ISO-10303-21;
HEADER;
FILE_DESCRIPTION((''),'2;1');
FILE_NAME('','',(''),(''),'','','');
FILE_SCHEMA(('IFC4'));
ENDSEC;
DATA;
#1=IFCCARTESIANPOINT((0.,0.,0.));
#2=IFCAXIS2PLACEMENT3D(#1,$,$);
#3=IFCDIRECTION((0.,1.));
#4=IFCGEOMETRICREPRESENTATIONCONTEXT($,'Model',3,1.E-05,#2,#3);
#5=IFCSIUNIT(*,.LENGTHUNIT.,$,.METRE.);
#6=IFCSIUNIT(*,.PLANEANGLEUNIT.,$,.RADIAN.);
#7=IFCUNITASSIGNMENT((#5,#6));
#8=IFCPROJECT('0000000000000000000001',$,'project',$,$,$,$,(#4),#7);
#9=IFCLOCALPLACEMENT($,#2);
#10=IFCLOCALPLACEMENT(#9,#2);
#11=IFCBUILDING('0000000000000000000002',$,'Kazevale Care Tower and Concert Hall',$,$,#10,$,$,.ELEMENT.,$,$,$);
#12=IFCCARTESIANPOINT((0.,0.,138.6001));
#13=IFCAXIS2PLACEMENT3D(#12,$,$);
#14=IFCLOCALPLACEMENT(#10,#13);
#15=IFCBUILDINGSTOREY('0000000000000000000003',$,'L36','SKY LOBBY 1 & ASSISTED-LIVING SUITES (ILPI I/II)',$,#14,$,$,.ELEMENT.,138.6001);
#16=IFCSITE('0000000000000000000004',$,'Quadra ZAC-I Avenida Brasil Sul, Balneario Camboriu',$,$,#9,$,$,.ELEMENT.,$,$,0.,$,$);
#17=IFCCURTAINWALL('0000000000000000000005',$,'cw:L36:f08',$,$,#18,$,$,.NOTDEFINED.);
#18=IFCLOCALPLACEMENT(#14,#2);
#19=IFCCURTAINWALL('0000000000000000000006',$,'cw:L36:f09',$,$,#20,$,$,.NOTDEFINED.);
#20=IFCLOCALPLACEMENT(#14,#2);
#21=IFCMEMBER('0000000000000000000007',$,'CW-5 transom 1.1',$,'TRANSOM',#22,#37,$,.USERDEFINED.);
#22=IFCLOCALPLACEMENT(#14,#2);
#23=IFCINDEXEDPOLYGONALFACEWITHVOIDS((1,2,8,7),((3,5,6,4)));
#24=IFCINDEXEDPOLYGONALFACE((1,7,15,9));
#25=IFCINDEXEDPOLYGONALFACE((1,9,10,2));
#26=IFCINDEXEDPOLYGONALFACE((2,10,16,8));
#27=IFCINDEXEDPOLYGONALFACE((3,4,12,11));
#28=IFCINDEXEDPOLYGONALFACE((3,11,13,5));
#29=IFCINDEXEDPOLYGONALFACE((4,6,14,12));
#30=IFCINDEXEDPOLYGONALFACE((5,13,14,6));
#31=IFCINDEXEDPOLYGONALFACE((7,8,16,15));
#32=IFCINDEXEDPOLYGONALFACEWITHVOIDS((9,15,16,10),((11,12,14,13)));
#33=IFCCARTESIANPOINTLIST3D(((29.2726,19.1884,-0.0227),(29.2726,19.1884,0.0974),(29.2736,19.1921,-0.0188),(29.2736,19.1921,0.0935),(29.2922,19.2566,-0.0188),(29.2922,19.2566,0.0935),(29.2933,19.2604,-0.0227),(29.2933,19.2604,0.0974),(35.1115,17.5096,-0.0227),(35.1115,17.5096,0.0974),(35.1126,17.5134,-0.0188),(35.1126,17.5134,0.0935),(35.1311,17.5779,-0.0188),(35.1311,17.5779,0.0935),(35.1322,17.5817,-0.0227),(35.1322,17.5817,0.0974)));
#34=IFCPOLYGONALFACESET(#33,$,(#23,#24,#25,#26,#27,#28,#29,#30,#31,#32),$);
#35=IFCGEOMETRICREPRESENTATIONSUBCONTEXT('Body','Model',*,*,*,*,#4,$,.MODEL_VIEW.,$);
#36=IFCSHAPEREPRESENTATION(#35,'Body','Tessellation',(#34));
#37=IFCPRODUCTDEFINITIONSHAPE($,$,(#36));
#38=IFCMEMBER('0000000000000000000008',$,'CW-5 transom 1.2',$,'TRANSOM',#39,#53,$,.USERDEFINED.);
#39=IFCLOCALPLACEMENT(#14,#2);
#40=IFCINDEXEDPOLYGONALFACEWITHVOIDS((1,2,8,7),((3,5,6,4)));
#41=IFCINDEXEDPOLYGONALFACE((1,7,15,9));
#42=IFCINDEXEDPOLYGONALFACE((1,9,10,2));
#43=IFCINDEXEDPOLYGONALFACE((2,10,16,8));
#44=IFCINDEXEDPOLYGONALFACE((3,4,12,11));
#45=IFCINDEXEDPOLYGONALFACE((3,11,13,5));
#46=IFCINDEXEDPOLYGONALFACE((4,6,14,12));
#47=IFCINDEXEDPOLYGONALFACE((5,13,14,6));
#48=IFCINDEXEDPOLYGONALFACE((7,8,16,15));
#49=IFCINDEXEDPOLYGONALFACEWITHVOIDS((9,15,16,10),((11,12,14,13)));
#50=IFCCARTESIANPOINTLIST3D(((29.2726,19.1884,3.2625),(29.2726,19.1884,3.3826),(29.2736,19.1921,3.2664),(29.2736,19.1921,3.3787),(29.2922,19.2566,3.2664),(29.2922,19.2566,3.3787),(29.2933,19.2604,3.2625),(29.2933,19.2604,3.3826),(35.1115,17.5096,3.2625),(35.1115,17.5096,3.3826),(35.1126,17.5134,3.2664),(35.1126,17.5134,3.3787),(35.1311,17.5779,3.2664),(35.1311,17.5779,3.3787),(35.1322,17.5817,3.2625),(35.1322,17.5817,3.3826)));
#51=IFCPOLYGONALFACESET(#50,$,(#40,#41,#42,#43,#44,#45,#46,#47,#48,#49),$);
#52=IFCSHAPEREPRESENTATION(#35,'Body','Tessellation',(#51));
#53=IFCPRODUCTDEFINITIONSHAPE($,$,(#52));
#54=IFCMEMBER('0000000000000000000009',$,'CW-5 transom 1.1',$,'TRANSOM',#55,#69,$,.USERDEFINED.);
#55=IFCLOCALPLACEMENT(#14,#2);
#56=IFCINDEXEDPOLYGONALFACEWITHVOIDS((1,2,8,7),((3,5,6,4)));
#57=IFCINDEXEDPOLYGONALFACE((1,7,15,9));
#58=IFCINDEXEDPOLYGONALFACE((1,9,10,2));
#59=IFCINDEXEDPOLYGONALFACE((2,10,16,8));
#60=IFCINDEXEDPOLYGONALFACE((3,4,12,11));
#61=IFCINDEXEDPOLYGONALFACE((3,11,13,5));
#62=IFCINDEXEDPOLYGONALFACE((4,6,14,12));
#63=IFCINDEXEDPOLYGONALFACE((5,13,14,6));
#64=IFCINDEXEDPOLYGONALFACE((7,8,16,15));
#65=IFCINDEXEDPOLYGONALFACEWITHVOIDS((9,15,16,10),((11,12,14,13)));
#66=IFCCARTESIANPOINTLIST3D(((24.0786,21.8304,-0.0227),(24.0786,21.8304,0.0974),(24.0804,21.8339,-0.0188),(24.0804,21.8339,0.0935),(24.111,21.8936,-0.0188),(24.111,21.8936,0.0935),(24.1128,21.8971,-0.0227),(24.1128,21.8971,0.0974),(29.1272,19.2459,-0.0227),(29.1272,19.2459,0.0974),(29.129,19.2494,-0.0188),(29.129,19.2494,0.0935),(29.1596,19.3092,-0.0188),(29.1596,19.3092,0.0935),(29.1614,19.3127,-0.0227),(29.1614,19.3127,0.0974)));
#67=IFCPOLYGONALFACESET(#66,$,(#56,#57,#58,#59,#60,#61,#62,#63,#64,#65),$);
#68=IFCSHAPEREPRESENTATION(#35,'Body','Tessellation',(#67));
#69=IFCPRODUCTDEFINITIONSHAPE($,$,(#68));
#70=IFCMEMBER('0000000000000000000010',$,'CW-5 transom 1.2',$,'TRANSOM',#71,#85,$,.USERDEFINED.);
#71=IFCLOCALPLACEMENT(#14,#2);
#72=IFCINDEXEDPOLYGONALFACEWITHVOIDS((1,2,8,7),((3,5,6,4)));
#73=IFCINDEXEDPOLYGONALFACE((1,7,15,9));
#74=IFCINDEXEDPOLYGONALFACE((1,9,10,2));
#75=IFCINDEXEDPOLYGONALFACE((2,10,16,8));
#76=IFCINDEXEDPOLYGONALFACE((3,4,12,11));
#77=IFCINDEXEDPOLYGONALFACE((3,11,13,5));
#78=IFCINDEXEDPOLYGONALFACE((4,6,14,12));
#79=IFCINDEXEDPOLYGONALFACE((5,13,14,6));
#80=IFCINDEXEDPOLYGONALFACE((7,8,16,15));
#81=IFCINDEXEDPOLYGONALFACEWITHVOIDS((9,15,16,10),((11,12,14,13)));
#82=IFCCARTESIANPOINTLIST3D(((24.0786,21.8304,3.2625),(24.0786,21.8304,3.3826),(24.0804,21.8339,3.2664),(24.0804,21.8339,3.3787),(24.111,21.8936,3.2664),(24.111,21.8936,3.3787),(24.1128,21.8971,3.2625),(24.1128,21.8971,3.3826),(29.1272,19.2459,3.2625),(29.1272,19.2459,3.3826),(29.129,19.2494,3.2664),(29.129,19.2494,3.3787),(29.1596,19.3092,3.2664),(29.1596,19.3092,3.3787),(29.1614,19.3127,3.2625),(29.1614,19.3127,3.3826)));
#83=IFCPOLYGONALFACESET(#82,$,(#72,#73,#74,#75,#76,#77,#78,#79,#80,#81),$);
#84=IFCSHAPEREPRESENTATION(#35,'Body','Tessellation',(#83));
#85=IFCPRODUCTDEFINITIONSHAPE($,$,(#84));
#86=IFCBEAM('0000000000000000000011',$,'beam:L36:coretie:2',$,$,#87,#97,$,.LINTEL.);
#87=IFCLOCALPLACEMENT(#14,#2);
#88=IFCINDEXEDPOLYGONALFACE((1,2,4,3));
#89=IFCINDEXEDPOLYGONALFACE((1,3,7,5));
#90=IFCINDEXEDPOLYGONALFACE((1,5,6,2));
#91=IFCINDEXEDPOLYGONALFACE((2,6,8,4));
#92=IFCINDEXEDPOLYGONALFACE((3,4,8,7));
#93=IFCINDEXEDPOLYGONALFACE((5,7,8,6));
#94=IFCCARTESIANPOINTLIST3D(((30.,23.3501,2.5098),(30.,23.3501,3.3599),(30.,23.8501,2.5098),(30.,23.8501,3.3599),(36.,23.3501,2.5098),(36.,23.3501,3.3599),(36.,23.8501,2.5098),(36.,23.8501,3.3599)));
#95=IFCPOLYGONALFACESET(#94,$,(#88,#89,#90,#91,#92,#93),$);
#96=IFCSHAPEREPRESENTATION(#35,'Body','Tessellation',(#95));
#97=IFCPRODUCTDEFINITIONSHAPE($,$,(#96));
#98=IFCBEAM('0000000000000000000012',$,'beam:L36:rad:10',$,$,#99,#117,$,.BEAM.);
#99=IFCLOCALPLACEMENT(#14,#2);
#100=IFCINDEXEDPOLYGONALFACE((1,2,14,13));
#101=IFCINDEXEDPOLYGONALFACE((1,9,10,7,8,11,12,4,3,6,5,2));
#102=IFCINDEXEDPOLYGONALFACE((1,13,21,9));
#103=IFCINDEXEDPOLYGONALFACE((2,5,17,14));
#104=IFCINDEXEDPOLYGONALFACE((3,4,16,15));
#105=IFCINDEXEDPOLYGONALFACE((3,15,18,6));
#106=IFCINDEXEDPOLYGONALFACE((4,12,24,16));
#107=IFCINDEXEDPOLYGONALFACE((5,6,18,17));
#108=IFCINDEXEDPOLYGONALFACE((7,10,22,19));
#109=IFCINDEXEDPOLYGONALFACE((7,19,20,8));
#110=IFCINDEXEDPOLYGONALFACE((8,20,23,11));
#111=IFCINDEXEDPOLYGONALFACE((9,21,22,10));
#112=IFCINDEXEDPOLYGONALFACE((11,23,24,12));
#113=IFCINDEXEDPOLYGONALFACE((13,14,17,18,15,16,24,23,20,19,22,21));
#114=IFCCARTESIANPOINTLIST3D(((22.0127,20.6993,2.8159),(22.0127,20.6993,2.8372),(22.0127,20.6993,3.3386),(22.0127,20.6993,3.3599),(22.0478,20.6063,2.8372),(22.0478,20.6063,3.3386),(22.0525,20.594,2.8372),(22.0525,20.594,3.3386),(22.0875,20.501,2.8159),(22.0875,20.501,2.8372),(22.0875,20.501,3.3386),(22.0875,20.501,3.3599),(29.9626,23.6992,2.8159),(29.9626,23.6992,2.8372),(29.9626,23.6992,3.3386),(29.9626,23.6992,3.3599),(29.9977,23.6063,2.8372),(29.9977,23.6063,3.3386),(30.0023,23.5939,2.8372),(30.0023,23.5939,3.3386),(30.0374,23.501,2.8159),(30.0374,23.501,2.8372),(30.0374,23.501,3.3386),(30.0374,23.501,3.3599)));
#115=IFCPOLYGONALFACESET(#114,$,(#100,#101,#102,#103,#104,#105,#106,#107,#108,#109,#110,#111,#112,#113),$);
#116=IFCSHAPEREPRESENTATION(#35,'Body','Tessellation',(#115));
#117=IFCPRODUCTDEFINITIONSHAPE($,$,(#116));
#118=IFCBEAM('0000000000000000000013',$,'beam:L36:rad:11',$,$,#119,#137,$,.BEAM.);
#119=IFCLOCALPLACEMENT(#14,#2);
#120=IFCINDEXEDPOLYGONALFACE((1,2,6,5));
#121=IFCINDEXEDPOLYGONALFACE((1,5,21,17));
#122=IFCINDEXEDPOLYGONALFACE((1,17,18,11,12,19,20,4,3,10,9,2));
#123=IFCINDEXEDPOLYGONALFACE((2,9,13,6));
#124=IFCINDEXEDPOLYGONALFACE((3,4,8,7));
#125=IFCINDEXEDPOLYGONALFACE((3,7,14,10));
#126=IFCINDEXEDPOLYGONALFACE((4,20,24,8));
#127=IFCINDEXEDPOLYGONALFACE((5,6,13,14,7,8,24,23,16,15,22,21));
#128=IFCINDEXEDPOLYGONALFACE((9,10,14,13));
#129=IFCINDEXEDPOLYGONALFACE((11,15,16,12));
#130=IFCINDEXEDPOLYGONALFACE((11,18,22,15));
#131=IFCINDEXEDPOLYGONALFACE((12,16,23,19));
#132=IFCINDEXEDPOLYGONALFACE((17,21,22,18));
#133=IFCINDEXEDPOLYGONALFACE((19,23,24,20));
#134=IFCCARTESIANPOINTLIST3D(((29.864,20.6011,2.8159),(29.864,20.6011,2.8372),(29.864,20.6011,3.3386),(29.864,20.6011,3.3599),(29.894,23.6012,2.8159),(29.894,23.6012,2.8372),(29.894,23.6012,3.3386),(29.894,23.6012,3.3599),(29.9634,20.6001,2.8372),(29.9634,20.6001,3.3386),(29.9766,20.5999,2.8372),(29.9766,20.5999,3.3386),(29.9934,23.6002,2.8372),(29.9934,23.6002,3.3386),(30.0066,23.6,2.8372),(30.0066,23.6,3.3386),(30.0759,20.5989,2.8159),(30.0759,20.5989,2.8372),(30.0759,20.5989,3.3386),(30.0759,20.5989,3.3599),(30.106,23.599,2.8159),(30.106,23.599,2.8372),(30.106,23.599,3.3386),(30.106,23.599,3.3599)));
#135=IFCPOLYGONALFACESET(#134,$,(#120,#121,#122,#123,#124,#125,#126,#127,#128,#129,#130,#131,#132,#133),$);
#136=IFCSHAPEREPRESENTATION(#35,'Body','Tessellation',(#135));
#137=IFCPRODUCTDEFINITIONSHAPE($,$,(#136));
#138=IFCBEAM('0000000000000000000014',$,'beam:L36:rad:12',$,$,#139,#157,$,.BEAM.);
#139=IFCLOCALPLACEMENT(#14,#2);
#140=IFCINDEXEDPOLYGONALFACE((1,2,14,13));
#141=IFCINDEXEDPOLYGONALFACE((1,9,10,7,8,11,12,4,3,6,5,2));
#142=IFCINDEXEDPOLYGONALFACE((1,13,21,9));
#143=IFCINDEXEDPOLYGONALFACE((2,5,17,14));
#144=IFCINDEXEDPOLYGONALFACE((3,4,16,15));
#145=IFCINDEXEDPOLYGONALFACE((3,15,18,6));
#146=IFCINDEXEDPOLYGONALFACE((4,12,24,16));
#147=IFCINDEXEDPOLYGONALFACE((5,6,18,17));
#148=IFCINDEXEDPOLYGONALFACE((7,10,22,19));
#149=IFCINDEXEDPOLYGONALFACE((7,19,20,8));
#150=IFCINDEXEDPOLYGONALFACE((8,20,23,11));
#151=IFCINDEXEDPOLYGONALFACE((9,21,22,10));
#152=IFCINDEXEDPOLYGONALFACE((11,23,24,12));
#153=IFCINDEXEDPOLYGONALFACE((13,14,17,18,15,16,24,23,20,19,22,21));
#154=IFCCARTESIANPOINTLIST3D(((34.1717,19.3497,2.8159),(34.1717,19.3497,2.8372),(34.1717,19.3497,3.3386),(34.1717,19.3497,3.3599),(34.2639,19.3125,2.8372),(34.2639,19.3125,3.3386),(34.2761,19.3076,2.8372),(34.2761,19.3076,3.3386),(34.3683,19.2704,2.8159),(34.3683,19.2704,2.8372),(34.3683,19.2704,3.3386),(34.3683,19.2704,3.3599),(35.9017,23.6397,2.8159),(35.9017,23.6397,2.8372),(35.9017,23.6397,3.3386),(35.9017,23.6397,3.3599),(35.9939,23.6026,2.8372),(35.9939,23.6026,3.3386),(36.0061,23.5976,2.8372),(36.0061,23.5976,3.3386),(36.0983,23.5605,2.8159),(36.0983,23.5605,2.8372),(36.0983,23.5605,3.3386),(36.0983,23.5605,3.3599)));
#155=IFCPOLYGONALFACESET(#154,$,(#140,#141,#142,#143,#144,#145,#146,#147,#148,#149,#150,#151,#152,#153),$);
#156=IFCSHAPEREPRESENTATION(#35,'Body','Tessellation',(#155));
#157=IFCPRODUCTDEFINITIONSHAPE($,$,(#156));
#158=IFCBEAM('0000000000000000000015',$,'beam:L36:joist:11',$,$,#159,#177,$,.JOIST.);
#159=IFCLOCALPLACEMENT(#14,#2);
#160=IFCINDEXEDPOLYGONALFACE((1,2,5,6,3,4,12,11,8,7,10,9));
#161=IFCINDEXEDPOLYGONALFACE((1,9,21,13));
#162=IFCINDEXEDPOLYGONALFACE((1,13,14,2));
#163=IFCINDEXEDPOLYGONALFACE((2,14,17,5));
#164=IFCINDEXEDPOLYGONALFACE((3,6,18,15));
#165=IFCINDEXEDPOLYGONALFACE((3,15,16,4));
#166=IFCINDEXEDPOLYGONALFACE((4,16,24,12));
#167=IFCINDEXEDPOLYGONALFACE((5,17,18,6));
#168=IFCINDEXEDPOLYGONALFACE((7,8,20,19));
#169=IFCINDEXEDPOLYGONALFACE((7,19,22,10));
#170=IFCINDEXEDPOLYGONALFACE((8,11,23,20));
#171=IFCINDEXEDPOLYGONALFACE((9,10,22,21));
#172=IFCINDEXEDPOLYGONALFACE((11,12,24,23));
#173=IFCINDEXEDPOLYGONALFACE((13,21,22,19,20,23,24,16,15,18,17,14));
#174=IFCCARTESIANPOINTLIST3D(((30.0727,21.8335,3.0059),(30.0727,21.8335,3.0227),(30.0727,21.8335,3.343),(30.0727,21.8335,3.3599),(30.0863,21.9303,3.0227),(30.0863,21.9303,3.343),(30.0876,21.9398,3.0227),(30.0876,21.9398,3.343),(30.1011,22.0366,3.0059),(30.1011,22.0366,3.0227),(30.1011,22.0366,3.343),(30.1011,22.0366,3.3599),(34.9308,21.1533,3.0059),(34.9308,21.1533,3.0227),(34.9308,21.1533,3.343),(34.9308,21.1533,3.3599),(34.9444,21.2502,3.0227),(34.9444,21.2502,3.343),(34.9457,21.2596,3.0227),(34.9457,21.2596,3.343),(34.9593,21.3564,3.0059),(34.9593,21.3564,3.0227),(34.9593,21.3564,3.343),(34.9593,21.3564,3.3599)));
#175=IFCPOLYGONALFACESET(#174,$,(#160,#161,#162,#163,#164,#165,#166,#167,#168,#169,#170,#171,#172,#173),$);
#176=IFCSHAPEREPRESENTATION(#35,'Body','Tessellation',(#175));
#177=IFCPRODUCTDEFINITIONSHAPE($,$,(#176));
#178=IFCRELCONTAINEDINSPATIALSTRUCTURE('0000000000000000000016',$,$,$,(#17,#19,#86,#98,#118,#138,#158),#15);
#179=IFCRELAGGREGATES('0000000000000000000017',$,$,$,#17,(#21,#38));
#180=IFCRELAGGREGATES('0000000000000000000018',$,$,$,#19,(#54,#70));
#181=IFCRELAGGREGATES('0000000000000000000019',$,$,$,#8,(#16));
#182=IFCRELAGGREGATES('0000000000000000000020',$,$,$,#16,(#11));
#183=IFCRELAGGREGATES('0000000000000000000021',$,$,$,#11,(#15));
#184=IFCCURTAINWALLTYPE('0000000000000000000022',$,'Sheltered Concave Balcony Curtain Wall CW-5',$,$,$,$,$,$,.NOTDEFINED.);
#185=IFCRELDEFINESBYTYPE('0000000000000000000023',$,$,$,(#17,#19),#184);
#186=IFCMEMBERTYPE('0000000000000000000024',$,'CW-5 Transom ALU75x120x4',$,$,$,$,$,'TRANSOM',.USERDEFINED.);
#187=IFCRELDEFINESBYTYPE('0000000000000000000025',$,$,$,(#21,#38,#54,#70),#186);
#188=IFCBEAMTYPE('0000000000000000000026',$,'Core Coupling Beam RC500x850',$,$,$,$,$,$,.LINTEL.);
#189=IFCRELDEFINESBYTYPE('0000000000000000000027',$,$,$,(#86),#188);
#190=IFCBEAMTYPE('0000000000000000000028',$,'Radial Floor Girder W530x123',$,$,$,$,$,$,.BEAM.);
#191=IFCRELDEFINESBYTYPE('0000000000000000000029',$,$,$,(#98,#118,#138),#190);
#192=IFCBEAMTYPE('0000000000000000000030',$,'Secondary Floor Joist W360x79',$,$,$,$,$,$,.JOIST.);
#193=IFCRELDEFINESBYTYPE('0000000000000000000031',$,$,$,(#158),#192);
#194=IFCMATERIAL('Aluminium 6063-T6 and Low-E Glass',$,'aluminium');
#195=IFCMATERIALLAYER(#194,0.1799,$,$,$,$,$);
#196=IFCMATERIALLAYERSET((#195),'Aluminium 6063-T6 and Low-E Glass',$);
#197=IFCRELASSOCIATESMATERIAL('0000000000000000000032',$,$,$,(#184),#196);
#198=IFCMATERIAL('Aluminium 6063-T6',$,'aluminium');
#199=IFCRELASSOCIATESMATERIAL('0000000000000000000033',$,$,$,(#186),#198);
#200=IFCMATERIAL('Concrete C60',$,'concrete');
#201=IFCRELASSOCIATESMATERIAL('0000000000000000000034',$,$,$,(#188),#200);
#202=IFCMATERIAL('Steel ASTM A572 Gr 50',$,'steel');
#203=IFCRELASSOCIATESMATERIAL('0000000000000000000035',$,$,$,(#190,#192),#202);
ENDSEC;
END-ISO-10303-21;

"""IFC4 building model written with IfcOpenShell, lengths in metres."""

from ifc_helpers import new_model, si_unit, direction, frame, origin, origin_2d, place, context, subcontext, project, spatial, rectangle, hollow_rectangle, i_section, extrude, material, layer, layer_set, material_profile, profile_set, type_object, element, aggregate, save


model = new_model("IFC4")

# Units and contexts
model_context = context("Model", 3, precision=1e-05, world=origin(), true_north=direction((0.0, 1.0)))
body_context = subcontext(model_context, "Body", "Model", "MODEL_VIEW")
ifc_project = project(units=[si_unit("LENGTHUNIT", "METRE"), si_unit("PLANEANGLEUNIT", "RADIAN")], contexts=[model_context])

# Site, building, storey
site_placement = place(None, origin())
site = spatial("IfcSite", under=ifc_project, at=site_placement, Name="Quadra ZAC-I Avenida Brasil Sul, Balneario Camboriu", CompositionType="ELEMENT", RefElevation=0.0)
building_placement = place(site_placement, origin())
building = spatial("IfcBuilding", under=site, at=building_placement, Name="Kazevale Care Tower and Concert Hall", CompositionType="ELEMENT")
storey_placement = place(building_placement, frame((0.0, 0.0, 138.6001)))
storey = spatial("IfcBuildingStorey", under=building, at=storey_placement, Name="L36", Description="SKY LOBBY 1 & ASSISTED-LIVING SUITES (ILPI I/II)", CompositionType="ELEMENT", Elevation=138.6001)

# Shared definitions
ifc_material_1 = material(Name="Concrete C60", Category="concrete")

# Shared definitions
ifc_material_2 = material(Name="Aluminium 6063-T6 and Low-E Glass", Category="aluminium")
ifc_layer_1 = layer(ifc_material_2, 0.1799)
ifc_layer_set_1 = layer_set([ifc_layer_1], Name="Aluminium 6063-T6 and Low-E Glass")
curtain_wall_type = type_object("IfcCurtainWallType", Name="Sheltered Concave Balcony Curtain Wall CW-5", PredefinedType="NOTDEFINED", material=ifc_layer_set_1)
ifc_material_3 = material(Name="Aluminium 6063-T6", Category="aluminium")

# Curtain wall
curtain_wall_1_placement = place(storey_placement, origin())
curtain_wall_1 = element("IfcCurtainWall", 1, at=curtain_wall_1_placement, inside=storey, type_object=curtain_wall_type, Name="cw:L36:f08", PredefinedType="NOTDEFINED")

# Curtain wall
curtain_wall_2_placement = place(storey_placement, origin())
curtain_wall_2 = element("IfcCurtainWall", 2, at=curtain_wall_2_placement, inside=storey, type_object=curtain_wall_type, Name="cw:L36:f09", PredefinedType="NOTDEFINED")

# Members
ifc_material_profile_1 = material_profile(ifc_material_3, hollow_rectangle(XDim=0.075, YDim=0.1201, WallThickness=0.0039, at=origin_2d()), Name="ALU75x120x4")
ifc_profile_set_1 = profile_set([ifc_material_profile_1], Name="Aluminium 6063-T6")
member_type_1 = type_object("IfcMemberType", Name="CW-5 Transom ALU75x120x4", ElementType="TRANSOM", PredefinedType="USERDEFINED", material=ifc_profile_set_1)
member_1_placement = place(storey_placement, frame((35.1218, 17.5457, 0.0374), z_axis=(-0.961068, 0.276313, 0.0), x_axis=(-0.276313, -0.961068, 0.0)))
member_1 = element("IfcMember", 3, at=member_1_placement, type_object=member_type_1, Name="CW-5 transom 1.1", ObjectType="TRANSOM", PredefinedType="USERDEFINED", context=body_context, shape_type="SweptSolid", body=[
    extrude(hollow_rectangle(XDim=0.075, YDim=0.1201, WallThickness=0.0039, at=origin_2d()), origin(), (0.0, 0.0, 1.0), 6.0754),
])
member_2_placement = place(storey_placement, frame((35.1218, 17.5457, 3.3225), z_axis=(-0.961068, 0.276313, 0.0), x_axis=(-0.276313, -0.961068, 0.0)))
member_2 = element("IfcMember", 4, at=member_2_placement, type_object=member_type_1, Name="CW-5 transom 1.2", ObjectType="TRANSOM", PredefinedType="USERDEFINED", context=body_context, shape_type="SweptSolid", body=[
    extrude(hollow_rectangle(XDim=0.075, YDim=0.1201, WallThickness=0.0039, at=origin_2d()), origin(), (0.0, 0.0, 1.0), 6.0754),
])
member_3_placement = place(storey_placement, frame((29.1443, 19.2793, 0.0374), z_axis=(-0.890143, 0.455682, 0.0), x_axis=(-0.455682, -0.890143, 0.0)))
member_3 = element("IfcMember", 5, at=member_3_placement, type_object=member_type_1, Name="CW-5 transom 1.1", ObjectType="TRANSOM", PredefinedType="USERDEFINED", context=body_context, shape_type="SweptSolid", body=[
    extrude(hollow_rectangle(XDim=0.075, YDim=0.1201, WallThickness=0.0039, at=origin_2d()), origin(), (0.0, 0.0, 1.0), 5.6716),
])
member_4_placement = place(storey_placement, frame((29.1443, 19.2793, 3.3225), z_axis=(-0.890143, 0.455682, 0.0), x_axis=(-0.455682, -0.890143, 0.0)))
member_4 = element("IfcMember", 6, at=member_4_placement, type_object=member_type_1, Name="CW-5 transom 1.2", ObjectType="TRANSOM", PredefinedType="USERDEFINED", context=body_context, shape_type="SweptSolid", body=[
    extrude(hollow_rectangle(XDim=0.075, YDim=0.1201, WallThickness=0.0039, at=origin_2d()), origin(), (0.0, 0.0, 1.0), 5.6716),
])

# Beams
ifc_material_profile_2 = material_profile(ifc_material_1, rectangle(XDim=0.5, YDim=0.8501, at=origin_2d()), Name="RC-B500x850")
ifc_profile_set_2 = profile_set([ifc_material_profile_2], Name="Concrete C60")
beam_type_1 = type_object("IfcBeamType", Name="Core Coupling Beam RC500x850", PredefinedType="LINTEL", material=ifc_profile_set_2)
beam_1_placement = place(storey_placement, frame((30.0, 23.6001, 2.9348), z_axis=(1.0, 0.0, 0.0), x_axis=(0.0, 1.0, 0.0)))
element("IfcBeam", 7, at=beam_1_placement, inside=storey, type_object=beam_type_1, Name="beam:L36:coretie:2", PredefinedType="LINTEL", context=body_context, shape_type="SweptSolid", body=[
    extrude(rectangle(XDim=0.5, YDim=0.8501, at=origin_2d()), origin(), (0.0, 0.0, 1.0), 6.0),
])
ifc_material_4 = material(Name="Steel ASTM A572 Gr 50", Category="steel")
ifc_material_profile_3 = material_profile(ifc_material_4, i_section(OverallWidth=0.2119, OverallDepth=0.5439, WebThickness=0.0132, FlangeThickness=0.0212, at=origin_2d()), Name="W530x123")
ifc_profile_set_3 = profile_set([ifc_material_profile_3], Name="Steel ASTM A572 Gr 50")
beam_type_2 = type_object("IfcBeamType", Name="Radial Floor Girder W530x123", PredefinedType="BEAM", material=ifc_profile_set_3)
beam_2_placement = place(storey_placement, frame((30.0, 23.6001, 3.0879), z_axis=(-0.935601, -0.353059, 0.0), x_axis=(0.353059, -0.935601, 0.0)))
element("IfcBeam", 8, at=beam_2_placement, inside=storey, type_object=beam_type_2, Name="beam:L36:rad:10", PredefinedType="BEAM", context=body_context, shape_type="SweptSolid", body=[
    extrude(i_section(OverallWidth=0.2119, OverallDepth=0.5439, WebThickness=0.0132, FlangeThickness=0.0212, at=origin_2d()), origin(), (0.0, 0.0, 1.0), 8.4971),
])
beam_3_placement = place(storey_placement, frame((30.0, 23.6001, 3.0879), z_axis=(-0.010009, -0.99995, 0.0), x_axis=(0.99995, -0.010009, 0.0)))
element("IfcBeam", 9, at=beam_3_placement, inside=storey, type_object=beam_type_2, Name="beam:L36:rad:11", PredefinedType="BEAM", context=body_context, shape_type="SweptSolid", body=[
    extrude(i_section(OverallWidth=0.2119, OverallDepth=0.5439, WebThickness=0.0132, FlangeThickness=0.0212, at=origin_2d()), origin(), (0.0, 0.0, 1.0), 3.0002),
])
beam_4_placement = place(storey_placement, frame((36.0, 23.6001, 3.0879), z_axis=(-0.373992, -0.927432, 0.0), x_axis=(0.927432, -0.373992, 0.0)))
element("IfcBeam", 10, at=beam_4_placement, inside=storey, type_object=beam_type_2, Name="beam:L36:rad:12", PredefinedType="BEAM", context=body_context, shape_type="SweptSolid", body=[
    extrude(i_section(OverallWidth=0.2119, OverallDepth=0.5439, WebThickness=0.0132, FlangeThickness=0.0212, at=origin_2d()), origin(), (0.0, 0.0, 1.0), 4.6257),
])
ifc_material_profile_4 = material_profile(ifc_material_4, i_section(OverallWidth=0.2051, OverallDepth=0.354, WebThickness=0.0095, FlangeThickness=0.0168, at=origin_2d()), Name="W360x79")
ifc_profile_set_4 = profile_set([ifc_material_profile_4], Name="Steel ASTM A572 Gr 50")
beam_type_3 = type_object("IfcBeamType", Name="Secondary Floor Joist W360x79", PredefinedType="JOIST", material=ifc_profile_set_4)
beam_5_placement = place(storey_placement, frame((30.0869, 21.9351, 3.1829), z_axis=(0.990341, -0.138655, 0.0), x_axis=(0.138655, 0.990341, 0.0)))
element("IfcBeam", 11, at=beam_5_placement, inside=storey, type_object=beam_type_3, Name="beam:L36:joist:11", PredefinedType="JOIST", context=body_context, shape_type="SweptSolid", body=[
    extrude(i_section(OverallWidth=0.2051, OverallDepth=0.354, WebThickness=0.0095, FlangeThickness=0.0168, at=origin_2d()), origin(), (0.0, 0.0, 1.0), 4.9055),
])

aggregate(curtain_wall_1, [member_1, member_2])
aggregate(curtain_wall_2, [member_3, member_4])

save(model, "model.ifc")
